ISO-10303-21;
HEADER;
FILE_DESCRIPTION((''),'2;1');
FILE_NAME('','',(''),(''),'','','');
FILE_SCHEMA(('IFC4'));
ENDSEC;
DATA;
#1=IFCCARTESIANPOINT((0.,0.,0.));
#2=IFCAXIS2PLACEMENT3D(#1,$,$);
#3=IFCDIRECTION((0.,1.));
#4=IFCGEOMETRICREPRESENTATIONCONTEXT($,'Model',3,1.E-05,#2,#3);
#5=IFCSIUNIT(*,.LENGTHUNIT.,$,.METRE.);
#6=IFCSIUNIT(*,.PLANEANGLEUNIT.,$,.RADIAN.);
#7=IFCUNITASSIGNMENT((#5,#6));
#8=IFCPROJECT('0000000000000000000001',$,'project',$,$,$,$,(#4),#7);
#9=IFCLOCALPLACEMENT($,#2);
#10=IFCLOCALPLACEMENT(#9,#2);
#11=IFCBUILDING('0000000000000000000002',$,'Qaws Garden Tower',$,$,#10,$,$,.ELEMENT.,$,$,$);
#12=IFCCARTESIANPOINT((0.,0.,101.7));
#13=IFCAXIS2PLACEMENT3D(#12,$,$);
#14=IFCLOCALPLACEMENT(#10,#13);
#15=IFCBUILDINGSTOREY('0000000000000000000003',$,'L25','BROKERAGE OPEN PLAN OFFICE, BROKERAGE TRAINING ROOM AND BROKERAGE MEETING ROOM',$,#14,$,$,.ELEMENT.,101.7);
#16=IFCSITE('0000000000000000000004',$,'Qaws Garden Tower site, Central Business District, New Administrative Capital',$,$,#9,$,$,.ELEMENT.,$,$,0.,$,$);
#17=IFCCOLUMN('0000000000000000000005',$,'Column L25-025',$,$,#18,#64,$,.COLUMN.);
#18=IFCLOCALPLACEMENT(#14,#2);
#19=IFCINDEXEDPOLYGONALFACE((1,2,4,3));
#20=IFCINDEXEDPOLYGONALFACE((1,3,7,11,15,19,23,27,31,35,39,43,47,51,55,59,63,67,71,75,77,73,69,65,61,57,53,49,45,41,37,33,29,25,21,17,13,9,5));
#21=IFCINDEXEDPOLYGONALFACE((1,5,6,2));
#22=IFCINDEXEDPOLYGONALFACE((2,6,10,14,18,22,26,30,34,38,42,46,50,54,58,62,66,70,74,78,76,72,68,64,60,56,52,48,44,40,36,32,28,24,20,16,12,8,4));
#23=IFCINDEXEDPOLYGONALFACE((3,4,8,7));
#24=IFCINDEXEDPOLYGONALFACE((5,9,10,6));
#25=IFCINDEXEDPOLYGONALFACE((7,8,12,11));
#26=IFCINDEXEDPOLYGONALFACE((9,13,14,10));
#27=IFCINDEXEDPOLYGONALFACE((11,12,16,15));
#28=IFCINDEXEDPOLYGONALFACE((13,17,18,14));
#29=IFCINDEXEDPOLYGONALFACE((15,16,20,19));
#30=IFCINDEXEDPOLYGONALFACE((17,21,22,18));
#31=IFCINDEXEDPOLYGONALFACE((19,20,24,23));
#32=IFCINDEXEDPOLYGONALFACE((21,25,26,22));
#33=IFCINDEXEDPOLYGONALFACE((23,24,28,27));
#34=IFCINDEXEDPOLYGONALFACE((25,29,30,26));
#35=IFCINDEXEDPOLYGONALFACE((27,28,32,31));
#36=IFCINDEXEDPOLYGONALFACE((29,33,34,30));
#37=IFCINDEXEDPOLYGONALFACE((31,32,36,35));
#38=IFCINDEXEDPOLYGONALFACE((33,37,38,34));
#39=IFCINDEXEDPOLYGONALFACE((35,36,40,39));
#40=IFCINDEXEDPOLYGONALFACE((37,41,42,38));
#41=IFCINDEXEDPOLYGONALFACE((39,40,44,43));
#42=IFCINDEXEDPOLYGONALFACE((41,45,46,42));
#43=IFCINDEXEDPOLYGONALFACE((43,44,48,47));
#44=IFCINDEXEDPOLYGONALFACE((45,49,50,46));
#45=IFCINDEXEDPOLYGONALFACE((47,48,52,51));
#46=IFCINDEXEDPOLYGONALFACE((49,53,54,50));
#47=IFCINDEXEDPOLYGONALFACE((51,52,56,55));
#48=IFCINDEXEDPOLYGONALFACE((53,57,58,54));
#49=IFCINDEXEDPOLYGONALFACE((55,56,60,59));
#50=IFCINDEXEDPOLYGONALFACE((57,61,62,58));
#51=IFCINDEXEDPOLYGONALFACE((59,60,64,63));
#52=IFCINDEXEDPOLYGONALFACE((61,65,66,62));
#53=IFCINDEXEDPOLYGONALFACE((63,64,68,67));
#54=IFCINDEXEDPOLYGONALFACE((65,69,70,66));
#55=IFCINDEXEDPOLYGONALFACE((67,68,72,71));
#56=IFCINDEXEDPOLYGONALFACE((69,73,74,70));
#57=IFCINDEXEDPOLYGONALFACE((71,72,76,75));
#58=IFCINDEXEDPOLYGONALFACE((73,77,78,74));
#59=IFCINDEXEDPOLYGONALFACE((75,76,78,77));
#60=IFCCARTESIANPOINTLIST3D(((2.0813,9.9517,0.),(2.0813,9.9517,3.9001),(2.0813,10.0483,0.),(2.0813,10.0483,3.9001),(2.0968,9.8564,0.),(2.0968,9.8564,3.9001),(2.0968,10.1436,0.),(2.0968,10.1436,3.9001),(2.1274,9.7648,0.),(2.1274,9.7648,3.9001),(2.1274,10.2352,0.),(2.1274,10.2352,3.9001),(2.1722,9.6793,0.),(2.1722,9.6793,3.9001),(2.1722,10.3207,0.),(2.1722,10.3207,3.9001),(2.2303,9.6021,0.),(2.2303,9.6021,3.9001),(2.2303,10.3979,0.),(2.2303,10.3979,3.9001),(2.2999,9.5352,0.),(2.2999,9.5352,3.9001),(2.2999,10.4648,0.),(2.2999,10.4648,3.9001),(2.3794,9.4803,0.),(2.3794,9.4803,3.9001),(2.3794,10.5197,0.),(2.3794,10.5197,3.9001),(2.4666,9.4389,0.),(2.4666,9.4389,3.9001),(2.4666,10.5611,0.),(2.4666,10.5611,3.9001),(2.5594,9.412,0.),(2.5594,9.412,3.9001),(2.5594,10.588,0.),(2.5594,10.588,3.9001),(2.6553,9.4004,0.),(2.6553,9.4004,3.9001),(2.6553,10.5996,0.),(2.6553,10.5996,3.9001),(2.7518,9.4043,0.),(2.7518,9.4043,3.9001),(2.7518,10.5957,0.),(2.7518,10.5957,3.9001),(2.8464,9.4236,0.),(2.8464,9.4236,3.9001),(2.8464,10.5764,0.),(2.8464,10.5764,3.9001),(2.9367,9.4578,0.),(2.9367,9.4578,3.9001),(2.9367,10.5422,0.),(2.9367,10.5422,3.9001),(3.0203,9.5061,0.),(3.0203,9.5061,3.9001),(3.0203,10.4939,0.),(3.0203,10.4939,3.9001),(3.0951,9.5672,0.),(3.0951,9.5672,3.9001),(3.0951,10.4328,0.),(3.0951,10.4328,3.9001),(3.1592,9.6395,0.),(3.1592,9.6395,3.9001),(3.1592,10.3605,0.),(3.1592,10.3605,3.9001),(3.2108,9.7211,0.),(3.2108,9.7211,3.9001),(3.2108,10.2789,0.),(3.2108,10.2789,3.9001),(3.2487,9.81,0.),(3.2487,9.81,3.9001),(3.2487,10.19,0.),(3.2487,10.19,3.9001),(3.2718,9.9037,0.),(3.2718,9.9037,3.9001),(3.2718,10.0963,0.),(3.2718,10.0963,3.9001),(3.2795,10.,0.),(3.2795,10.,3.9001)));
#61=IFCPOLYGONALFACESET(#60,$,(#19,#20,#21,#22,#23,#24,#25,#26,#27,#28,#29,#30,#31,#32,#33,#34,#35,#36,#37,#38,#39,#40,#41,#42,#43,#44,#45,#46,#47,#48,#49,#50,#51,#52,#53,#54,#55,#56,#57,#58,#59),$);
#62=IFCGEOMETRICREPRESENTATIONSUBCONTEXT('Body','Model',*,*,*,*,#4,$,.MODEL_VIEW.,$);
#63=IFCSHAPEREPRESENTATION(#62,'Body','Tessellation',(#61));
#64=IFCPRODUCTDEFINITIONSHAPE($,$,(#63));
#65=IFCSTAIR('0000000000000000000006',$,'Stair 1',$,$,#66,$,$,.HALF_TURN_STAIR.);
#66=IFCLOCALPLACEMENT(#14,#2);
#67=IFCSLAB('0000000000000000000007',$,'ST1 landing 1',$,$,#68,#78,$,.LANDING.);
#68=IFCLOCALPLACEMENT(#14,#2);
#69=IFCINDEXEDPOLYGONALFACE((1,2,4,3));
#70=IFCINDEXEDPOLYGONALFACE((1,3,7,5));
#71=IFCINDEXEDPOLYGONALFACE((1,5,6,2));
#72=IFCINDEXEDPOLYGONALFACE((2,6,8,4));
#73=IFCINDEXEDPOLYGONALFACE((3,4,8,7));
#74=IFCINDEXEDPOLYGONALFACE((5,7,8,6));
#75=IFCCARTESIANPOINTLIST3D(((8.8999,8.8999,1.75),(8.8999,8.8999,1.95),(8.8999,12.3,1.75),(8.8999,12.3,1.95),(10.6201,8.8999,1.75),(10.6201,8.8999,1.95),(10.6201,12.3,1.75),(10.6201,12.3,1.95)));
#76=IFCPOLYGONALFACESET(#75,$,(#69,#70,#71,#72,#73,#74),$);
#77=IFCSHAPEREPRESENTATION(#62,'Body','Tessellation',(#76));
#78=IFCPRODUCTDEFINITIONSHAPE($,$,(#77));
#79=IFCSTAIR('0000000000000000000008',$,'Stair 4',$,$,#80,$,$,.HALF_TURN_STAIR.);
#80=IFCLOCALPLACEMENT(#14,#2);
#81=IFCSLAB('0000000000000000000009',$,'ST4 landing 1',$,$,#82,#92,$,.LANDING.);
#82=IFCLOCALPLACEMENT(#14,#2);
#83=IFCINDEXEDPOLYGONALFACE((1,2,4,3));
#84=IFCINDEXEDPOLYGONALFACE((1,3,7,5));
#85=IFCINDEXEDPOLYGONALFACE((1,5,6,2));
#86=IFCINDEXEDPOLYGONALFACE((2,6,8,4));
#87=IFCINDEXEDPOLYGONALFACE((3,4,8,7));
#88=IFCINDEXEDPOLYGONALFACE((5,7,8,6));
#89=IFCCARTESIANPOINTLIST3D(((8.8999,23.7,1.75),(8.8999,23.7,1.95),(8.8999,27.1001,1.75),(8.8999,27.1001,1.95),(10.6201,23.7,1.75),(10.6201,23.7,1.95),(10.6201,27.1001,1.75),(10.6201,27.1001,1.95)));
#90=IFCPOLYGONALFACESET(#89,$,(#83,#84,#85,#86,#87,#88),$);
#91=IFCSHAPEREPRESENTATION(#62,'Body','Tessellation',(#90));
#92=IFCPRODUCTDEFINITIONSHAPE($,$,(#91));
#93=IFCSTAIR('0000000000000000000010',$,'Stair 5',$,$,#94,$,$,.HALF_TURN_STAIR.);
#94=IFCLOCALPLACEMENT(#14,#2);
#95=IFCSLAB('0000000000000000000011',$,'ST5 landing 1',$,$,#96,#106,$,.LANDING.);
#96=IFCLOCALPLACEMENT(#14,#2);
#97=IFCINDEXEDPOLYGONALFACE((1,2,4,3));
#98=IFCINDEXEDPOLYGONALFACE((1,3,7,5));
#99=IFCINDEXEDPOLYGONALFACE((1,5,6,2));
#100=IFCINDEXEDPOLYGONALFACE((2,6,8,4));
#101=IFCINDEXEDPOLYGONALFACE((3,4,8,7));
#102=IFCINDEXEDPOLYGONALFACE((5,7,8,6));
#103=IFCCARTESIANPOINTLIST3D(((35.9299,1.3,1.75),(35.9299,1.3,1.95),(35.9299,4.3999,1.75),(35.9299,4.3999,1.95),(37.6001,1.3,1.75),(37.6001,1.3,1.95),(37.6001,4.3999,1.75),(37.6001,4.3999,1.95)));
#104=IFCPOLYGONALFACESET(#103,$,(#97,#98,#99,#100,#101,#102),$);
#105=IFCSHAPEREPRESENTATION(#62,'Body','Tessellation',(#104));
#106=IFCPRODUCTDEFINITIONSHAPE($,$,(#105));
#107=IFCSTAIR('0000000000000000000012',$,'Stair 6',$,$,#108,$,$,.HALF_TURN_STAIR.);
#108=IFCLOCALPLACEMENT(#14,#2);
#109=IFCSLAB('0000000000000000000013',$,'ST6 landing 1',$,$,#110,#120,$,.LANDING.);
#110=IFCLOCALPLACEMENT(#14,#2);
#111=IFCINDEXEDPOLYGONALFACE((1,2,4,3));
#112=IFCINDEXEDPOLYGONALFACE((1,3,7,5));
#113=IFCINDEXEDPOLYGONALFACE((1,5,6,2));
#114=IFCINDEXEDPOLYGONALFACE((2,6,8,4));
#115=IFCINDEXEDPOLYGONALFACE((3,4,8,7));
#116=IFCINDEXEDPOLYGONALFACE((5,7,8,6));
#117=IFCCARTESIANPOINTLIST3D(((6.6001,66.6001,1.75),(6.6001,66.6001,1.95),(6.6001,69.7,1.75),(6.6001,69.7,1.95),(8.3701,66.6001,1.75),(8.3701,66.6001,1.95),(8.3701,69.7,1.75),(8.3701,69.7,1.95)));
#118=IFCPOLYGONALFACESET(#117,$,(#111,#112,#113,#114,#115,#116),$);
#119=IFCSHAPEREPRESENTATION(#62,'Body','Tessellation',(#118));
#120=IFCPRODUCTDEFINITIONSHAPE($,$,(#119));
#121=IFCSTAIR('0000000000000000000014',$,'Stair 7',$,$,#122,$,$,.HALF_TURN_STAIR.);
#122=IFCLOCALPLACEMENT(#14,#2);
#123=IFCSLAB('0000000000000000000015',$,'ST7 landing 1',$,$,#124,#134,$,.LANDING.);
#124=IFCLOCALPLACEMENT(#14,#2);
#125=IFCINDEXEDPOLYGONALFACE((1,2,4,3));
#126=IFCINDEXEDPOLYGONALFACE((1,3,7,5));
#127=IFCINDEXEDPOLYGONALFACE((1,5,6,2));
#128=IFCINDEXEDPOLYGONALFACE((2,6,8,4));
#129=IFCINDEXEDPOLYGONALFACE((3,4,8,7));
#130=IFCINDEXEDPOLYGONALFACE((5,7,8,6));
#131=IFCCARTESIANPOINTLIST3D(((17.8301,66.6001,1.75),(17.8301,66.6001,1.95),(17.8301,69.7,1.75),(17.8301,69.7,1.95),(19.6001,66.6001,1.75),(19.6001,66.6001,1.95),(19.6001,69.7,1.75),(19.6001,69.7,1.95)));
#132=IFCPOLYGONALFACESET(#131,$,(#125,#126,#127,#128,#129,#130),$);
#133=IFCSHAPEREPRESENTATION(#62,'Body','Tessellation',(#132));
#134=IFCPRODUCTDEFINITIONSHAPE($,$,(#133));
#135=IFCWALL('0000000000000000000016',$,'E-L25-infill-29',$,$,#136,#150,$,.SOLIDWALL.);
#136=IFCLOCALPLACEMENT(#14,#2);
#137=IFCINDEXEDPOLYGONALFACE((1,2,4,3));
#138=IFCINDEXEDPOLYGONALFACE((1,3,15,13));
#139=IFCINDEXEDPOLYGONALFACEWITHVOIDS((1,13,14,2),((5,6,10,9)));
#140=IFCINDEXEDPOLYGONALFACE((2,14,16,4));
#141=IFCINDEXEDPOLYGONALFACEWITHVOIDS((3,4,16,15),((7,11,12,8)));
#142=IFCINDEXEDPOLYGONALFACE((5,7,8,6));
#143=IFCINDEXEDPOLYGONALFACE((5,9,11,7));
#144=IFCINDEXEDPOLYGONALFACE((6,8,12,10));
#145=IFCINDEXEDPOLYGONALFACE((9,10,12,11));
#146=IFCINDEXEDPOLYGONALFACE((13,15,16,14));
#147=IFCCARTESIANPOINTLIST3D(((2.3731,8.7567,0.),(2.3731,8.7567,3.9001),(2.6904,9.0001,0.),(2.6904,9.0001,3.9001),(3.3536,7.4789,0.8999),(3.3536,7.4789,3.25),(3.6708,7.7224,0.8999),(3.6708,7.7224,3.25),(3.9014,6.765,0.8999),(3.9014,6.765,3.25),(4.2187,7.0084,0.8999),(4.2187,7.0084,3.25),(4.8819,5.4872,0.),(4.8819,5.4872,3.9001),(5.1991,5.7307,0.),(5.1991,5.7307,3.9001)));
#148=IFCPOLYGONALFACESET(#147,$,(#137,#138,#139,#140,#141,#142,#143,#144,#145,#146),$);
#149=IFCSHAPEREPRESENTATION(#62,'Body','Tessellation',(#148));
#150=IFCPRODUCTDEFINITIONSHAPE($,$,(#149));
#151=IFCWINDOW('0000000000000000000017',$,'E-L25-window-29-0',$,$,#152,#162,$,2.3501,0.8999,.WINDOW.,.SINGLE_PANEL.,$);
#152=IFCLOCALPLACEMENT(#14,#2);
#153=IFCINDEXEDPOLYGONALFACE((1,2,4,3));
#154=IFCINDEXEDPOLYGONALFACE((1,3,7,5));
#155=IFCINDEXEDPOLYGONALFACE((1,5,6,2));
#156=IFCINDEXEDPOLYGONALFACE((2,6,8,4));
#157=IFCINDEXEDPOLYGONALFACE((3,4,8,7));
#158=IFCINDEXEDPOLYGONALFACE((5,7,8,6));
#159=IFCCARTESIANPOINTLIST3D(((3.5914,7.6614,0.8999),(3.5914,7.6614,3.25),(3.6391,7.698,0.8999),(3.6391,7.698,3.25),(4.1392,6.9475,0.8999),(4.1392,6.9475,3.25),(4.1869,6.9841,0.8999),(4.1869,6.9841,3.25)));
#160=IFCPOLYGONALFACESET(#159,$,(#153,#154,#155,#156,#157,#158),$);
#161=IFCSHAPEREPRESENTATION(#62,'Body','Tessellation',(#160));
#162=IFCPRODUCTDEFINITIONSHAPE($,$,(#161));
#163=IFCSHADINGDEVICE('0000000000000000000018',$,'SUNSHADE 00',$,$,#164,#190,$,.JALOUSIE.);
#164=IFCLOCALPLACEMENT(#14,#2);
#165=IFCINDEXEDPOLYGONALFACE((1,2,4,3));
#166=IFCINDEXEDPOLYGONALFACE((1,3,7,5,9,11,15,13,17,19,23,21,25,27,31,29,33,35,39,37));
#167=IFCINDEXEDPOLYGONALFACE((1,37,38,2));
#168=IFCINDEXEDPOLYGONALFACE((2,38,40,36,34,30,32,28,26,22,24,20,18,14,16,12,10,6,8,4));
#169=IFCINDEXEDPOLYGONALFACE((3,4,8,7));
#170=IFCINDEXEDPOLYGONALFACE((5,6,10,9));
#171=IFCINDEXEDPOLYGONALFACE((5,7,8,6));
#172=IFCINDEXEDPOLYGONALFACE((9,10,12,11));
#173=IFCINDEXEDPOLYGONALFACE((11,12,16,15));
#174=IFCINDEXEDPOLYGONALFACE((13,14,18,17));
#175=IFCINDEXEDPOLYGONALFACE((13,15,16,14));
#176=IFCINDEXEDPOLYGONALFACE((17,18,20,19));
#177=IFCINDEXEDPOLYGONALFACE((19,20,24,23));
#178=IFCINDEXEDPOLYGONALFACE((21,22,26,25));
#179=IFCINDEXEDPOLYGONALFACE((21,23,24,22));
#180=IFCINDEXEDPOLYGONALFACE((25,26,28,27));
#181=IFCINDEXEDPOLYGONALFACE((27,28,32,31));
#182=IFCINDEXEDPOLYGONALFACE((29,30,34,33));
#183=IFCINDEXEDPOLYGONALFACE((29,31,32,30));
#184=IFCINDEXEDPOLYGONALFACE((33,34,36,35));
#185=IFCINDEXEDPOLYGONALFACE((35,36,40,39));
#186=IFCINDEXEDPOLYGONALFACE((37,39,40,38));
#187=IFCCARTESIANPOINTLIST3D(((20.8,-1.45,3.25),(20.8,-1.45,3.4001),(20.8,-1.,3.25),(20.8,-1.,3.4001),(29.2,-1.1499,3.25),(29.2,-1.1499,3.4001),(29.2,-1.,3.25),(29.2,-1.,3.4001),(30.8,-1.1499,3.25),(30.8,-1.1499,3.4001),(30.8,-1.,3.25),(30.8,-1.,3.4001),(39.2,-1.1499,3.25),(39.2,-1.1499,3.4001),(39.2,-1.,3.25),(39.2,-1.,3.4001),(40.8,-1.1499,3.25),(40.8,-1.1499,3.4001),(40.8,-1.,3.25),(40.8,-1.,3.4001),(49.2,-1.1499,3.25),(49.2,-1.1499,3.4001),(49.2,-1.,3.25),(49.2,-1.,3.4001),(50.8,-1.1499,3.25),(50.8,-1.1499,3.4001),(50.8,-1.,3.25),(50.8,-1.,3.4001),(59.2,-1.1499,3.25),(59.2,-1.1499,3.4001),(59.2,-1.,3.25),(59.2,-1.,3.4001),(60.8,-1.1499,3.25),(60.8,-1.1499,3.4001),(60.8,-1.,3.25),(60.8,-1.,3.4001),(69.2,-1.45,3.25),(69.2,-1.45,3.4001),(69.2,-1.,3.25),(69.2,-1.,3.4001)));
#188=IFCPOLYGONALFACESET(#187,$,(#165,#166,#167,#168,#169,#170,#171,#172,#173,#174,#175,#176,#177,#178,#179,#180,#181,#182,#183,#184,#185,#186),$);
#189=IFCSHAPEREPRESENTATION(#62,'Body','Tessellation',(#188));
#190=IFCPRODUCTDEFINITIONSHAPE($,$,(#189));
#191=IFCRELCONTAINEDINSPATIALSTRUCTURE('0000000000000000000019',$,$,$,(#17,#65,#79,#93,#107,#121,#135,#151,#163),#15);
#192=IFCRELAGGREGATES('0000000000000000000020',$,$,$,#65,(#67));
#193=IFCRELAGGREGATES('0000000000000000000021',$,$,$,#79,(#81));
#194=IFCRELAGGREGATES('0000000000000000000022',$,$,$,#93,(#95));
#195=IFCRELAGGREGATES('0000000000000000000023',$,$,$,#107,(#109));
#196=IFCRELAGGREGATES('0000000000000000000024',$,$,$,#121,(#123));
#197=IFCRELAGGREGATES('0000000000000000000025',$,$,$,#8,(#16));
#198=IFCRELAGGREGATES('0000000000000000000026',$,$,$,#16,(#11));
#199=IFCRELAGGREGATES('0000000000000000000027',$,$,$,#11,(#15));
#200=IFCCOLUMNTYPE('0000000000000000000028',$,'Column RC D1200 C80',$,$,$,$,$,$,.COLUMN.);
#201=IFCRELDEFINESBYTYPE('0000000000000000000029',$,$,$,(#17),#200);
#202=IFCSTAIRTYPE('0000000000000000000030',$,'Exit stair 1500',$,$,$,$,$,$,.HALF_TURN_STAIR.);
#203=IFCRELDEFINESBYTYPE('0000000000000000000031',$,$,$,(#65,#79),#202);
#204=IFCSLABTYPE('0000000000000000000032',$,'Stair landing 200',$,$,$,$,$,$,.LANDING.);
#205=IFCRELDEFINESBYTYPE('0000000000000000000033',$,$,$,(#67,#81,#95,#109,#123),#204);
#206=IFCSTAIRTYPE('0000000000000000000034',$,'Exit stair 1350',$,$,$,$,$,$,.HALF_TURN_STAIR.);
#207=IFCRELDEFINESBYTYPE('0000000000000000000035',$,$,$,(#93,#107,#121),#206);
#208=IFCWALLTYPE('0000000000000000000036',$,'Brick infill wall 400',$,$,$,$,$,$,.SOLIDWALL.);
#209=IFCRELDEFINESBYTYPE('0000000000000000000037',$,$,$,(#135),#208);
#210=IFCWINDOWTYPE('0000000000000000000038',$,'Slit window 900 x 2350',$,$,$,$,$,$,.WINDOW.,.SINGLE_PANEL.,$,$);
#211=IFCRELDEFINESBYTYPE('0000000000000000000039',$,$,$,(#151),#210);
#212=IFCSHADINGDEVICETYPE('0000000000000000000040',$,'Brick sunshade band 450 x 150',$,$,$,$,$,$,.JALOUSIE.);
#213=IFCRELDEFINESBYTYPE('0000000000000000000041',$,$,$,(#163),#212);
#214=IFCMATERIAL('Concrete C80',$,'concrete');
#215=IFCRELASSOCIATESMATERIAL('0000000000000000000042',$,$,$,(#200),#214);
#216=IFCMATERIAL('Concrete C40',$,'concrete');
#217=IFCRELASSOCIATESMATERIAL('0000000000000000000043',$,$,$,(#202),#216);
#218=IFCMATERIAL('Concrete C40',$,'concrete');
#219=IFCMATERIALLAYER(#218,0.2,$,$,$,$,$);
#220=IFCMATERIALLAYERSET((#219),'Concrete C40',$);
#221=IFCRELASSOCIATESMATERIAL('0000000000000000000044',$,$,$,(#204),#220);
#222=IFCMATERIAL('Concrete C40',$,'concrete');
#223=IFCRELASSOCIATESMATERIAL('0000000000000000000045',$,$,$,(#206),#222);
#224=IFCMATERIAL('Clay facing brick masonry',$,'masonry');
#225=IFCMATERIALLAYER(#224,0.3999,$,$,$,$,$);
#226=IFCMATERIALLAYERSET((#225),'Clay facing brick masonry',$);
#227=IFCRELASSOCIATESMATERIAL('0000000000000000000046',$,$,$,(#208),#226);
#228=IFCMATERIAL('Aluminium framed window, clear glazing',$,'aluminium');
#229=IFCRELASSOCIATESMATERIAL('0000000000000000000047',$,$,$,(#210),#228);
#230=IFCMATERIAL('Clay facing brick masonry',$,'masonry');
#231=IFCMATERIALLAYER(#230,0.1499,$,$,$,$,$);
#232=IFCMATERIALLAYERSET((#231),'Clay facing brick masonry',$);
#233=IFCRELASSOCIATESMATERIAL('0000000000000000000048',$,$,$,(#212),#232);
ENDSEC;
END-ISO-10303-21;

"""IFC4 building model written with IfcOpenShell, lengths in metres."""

from ifc_helpers import new_model, si_unit, direction, frame, frame_2d, origin, origin_2d, place, context, subcontext, project, spatial, polyline, rectangle, circle, outline, extrude, material, layer, layer_set, material_profile, profile_set, type_object, element, fill, aggregate, save


model = new_model("IFC4")

# Units and contexts
model_context = context("Model", 3, precision=1e-05, world=origin(), true_north=direction((0.0, 1.0)))
body_context = subcontext(model_context, "Body", "Model", "MODEL_VIEW")
ifc_project = project(units=[si_unit("LENGTHUNIT", "METRE"), si_unit("PLANEANGLEUNIT", "RADIAN")], contexts=[model_context])

# Site, building, storey
site_placement = place(None, origin())
site = spatial("IfcSite", under=ifc_project, at=site_placement, Name="Qaws Garden Tower site, Central Business District, New Administrative Capital", CompositionType="ELEMENT", RefElevation=0.0)
building_placement = place(site_placement, origin())
building = spatial("IfcBuilding", under=site, at=building_placement, Name="Qaws Garden Tower", CompositionType="ELEMENT")
storey_placement = place(building_placement, frame((0.0, 0.0, 101.7)))
storey = spatial("IfcBuildingStorey", under=building, at=storey_placement, Name="L25", Description="BROKERAGE OPEN PLAN OFFICE, BROKERAGE TRAINING ROOM AND BROKERAGE MEETING ROOM", CompositionType="ELEMENT", Elevation=101.7)

# Column
ifc_material_1 = material(Name="Concrete C80", Category="concrete")
ifc_material_profile = material_profile(ifc_material_1, circle(Radius=0.6001, at=origin_2d()), Name="RC D1200")
ifc_profile_set = profile_set([ifc_material_profile], Name="Concrete C80")
column_type = type_object("IfcColumnType", Name="Column RC D1200 C80", PredefinedType="COLUMN", material=ifc_profile_set)
column_placement = place(storey_placement, frame((2.6794, 10.0, 0.0), z_axis=(0.0, 0.0, 1.0), x_axis=(1.0, 0.0, 0.0)))
element("IfcColumn", 1, at=column_placement, inside=storey, type_object=column_type, Name="Column L25-025", PredefinedType="COLUMN", context=body_context, shape_type="SweptSolid", body=[
    extrude(circle(Radius=0.6001, at=origin_2d()), origin(), (0.0, 0.0, 1.0), 3.9001),
])

# Stairs, slabs
ifc_material_2 = material(Name="Concrete C40", Category="concrete")
stair_type_1 = type_object("IfcStairType", Name="Exit stair 1500", PredefinedType="HALF_TURN_STAIR", material=ifc_material_2)
placement_1 = place(storey_placement, origin())
stair_1 = element("IfcStair", 2, at=placement_1, inside=storey, type_object=stair_type_1, Name="Stair 1", PredefinedType="HALF_TURN_STAIR")
ifc_material_3 = material(Name="Concrete C40", Category="concrete")
ifc_layer_1 = layer(ifc_material_3, 0.2)
ifc_layer_set_1 = layer_set([ifc_layer_1], Name="Concrete C40")
slab_type = type_object("IfcSlabType", Name="Stair landing 200", PredefinedType="LANDING", material=ifc_layer_set_1)
placement_2 = place(storey_placement, frame((0.0, 0.0, 1.75)))
slab_1 = element("IfcSlab", 3, at=placement_2, type_object=slab_type, Name="ST1 landing 1", PredefinedType="LANDING", context=body_context, shape_type="SweptSolid", body=[
    extrude(outline(polyline([(8.8999, 8.8999), (10.6201, 8.8999), (10.6201, 12.3), (8.8999, 12.3), (8.8999, 8.8999)])), origin(), (0.0, 0.0, 1.0), 0.2),
])
aggregate(stair_1, [slab_1])
stair_2 = element("IfcStair", 4, at=placement_1, inside=storey, type_object=stair_type_1, Name="Stair 4", PredefinedType="HALF_TURN_STAIR")
slab_2 = element("IfcSlab", 5, at=placement_2, type_object=slab_type, Name="ST4 landing 1", PredefinedType="LANDING", context=body_context, shape_type="SweptSolid", body=[
    extrude(outline(polyline([(8.8999, 23.7), (10.6201, 23.7), (10.6201, 27.1001), (8.8999, 27.1001), (8.8999, 23.7)])), origin(), (0.0, 0.0, 1.0), 0.2),
])
aggregate(stair_2, [slab_2])
ifc_material_4 = material(Name="Concrete C40", Category="concrete")
stair_type_2 = type_object("IfcStairType", Name="Exit stair 1350", PredefinedType="HALF_TURN_STAIR", material=ifc_material_4)
stair_3 = element("IfcStair", 6, at=placement_1, inside=storey, type_object=stair_type_2, Name="Stair 5", PredefinedType="HALF_TURN_STAIR")
slab_3 = element("IfcSlab", 7, at=placement_2, type_object=slab_type, Name="ST5 landing 1", PredefinedType="LANDING", context=body_context, shape_type="SweptSolid", body=[
    extrude(outline(polyline([(35.9299, 1.3), (37.6001, 1.3), (37.6001, 4.3999), (35.9299, 4.3999), (35.9299, 1.3)])), origin(), (0.0, 0.0, 1.0), 0.2),
])
aggregate(stair_3, [slab_3])
stair_4 = element("IfcStair", 8, at=placement_1, inside=storey, type_object=stair_type_2, Name="Stair 6", PredefinedType="HALF_TURN_STAIR")
slab_4 = element("IfcSlab", 9, at=placement_2, type_object=slab_type, Name="ST6 landing 1", PredefinedType="LANDING", context=body_context, shape_type="SweptSolid", body=[
    extrude(outline(polyline([(6.6001, 66.6001), (8.3701, 66.6001), (8.3701, 69.7), (6.6001, 69.7), (6.6001, 66.6001)])), origin(), (0.0, 0.0, 1.0), 0.2),
])
aggregate(stair_4, [slab_4])
stair_5 = element("IfcStair", 10, at=placement_1, inside=storey, type_object=stair_type_2, Name="Stair 7", PredefinedType="HALF_TURN_STAIR")
slab_5 = element("IfcSlab", 11, at=placement_2, type_object=slab_type, Name="ST7 landing 1", PredefinedType="LANDING", context=body_context, shape_type="SweptSolid", body=[
    extrude(outline(polyline([(17.8301, 66.6001), (19.6001, 66.6001), (19.6001, 69.7), (17.8301, 69.7), (17.8301, 66.6001)])), origin(), (0.0, 0.0, 1.0), 0.2),
])
aggregate(stair_5, [slab_5])

# Wall, opening, window
ifc_material_5 = material(Name="Clay facing brick masonry", Category="masonry")
ifc_layer_2 = layer(ifc_material_5, 0.3999)
ifc_layer_set_2 = layer_set([ifc_layer_2], Name="Clay facing brick masonry")
wall_type = type_object("IfcWallType", Name="Brick infill wall 400", PredefinedType="SOLIDWALL", material=ifc_layer_set_2)
wall_placement = place(storey_placement, frame((2.5317, 8.8784, 0.0), z_axis=(0.0, 0.0, 1.0), x_axis=(0.60876, -0.793355, 0.0)))
wall = element("IfcWall", 12, at=wall_placement, inside=storey, type_object=wall_type, Name="E-L25-infill-29", PredefinedType="SOLIDWALL", context=body_context, shape_type="SweptSolid", body=[
    extrude(rectangle(XDim=4.1211, YDim=0.3999, at=frame_2d((2.0605, 0.0))), origin(), (0.0, 0.0, 1.0), 3.9001),
])
opening_placement = place(wall_placement, frame((1.6106, 0.0, 0.8999)))
opening = element("IfcOpeningElement", 13, at=opening_placement, cuts=wall, PredefinedType="OPENING", context=body_context, shape_type="SweptSolid", body=[
    extrude(rectangle(XDim=0.8999, YDim=2.3501, at=frame_2d((0.45, 1.175))), frame((0.0, 0.21, 0.0), z_axis=(0.0, -1.0, 0.0), x_axis=(1.0, 0.0, 0.0)), (0.0, 0.0, 1.0), 0.4199),
])
ifc_material_6 = material(Name="Aluminium framed window, clear glazing", Category="aluminium")
window_type = type_object("IfcWindowType", Name="Slit window 900 x 2350", PartitioningType="SINGLE_PANEL", PredefinedType="WINDOW", material=ifc_material_6)
window_placement = place(opening_placement, origin())
window = element("IfcWindow", 14, at=window_placement, inside=storey, type_object=window_type, Name="E-L25-window-29-0", OverallHeight=2.3501, OverallWidth=0.8999, PartitioningType="SINGLE_PANEL", PredefinedType="WINDOW", context=body_context, shape_type="SweptSolid", body=[
    extrude(rectangle(XDim=0.8999, YDim=2.3501, at=frame_2d((0.45, 1.175))), frame((0.0, 0.1599, 0.0), z_axis=(0.0, -1.0, 0.0), x_axis=(1.0, 0.0, 0.0)), (0.0, 0.0, 1.0), 0.0601),
])
fill(opening, window)

# Shading device
ifc_material_7 = material(Name="Clay facing brick masonry", Category="masonry")
ifc_layer_3 = layer(ifc_material_7, 0.1499)
ifc_layer_set_3 = layer_set([ifc_layer_3], Name="Clay facing brick masonry")
shading_device_type = type_object("IfcShadingDeviceType", Name="Brick sunshade band 450 x 150", PredefinedType="JALOUSIE", material=ifc_layer_set_3)
shading_device_placement = place(storey_placement, frame((0.0, 0.0, 3.25)))
element("IfcShadingDevice", 15, at=shading_device_placement, inside=storey, type_object=shading_device_type, Name="SUNSHADE 00", PredefinedType="JALOUSIE", context=body_context, shape_type="SweptSolid", body=[
    extrude(outline(polyline([(20.8, -1.0), (20.8, -1.45), (69.2, -1.45), (69.2, -1.0), (60.8, -1.0), (60.8, -1.1499), (59.2, -1.1499), (59.2, -1.0), (50.8, -1.0), (50.8, -1.1499), (49.2, -1.1499), (49.2, -1.0), (40.8, -1.0), (40.8, -1.1499), (39.2, -1.1499), (39.2, -1.0), (30.8, -1.0), (30.8, -1.1499), (29.2, -1.1499), (29.2, -1.0), (20.8, -1.0)])), origin(), (0.0, 0.0, 1.0), 0.1501),
])

save(model, "model.ifc")
